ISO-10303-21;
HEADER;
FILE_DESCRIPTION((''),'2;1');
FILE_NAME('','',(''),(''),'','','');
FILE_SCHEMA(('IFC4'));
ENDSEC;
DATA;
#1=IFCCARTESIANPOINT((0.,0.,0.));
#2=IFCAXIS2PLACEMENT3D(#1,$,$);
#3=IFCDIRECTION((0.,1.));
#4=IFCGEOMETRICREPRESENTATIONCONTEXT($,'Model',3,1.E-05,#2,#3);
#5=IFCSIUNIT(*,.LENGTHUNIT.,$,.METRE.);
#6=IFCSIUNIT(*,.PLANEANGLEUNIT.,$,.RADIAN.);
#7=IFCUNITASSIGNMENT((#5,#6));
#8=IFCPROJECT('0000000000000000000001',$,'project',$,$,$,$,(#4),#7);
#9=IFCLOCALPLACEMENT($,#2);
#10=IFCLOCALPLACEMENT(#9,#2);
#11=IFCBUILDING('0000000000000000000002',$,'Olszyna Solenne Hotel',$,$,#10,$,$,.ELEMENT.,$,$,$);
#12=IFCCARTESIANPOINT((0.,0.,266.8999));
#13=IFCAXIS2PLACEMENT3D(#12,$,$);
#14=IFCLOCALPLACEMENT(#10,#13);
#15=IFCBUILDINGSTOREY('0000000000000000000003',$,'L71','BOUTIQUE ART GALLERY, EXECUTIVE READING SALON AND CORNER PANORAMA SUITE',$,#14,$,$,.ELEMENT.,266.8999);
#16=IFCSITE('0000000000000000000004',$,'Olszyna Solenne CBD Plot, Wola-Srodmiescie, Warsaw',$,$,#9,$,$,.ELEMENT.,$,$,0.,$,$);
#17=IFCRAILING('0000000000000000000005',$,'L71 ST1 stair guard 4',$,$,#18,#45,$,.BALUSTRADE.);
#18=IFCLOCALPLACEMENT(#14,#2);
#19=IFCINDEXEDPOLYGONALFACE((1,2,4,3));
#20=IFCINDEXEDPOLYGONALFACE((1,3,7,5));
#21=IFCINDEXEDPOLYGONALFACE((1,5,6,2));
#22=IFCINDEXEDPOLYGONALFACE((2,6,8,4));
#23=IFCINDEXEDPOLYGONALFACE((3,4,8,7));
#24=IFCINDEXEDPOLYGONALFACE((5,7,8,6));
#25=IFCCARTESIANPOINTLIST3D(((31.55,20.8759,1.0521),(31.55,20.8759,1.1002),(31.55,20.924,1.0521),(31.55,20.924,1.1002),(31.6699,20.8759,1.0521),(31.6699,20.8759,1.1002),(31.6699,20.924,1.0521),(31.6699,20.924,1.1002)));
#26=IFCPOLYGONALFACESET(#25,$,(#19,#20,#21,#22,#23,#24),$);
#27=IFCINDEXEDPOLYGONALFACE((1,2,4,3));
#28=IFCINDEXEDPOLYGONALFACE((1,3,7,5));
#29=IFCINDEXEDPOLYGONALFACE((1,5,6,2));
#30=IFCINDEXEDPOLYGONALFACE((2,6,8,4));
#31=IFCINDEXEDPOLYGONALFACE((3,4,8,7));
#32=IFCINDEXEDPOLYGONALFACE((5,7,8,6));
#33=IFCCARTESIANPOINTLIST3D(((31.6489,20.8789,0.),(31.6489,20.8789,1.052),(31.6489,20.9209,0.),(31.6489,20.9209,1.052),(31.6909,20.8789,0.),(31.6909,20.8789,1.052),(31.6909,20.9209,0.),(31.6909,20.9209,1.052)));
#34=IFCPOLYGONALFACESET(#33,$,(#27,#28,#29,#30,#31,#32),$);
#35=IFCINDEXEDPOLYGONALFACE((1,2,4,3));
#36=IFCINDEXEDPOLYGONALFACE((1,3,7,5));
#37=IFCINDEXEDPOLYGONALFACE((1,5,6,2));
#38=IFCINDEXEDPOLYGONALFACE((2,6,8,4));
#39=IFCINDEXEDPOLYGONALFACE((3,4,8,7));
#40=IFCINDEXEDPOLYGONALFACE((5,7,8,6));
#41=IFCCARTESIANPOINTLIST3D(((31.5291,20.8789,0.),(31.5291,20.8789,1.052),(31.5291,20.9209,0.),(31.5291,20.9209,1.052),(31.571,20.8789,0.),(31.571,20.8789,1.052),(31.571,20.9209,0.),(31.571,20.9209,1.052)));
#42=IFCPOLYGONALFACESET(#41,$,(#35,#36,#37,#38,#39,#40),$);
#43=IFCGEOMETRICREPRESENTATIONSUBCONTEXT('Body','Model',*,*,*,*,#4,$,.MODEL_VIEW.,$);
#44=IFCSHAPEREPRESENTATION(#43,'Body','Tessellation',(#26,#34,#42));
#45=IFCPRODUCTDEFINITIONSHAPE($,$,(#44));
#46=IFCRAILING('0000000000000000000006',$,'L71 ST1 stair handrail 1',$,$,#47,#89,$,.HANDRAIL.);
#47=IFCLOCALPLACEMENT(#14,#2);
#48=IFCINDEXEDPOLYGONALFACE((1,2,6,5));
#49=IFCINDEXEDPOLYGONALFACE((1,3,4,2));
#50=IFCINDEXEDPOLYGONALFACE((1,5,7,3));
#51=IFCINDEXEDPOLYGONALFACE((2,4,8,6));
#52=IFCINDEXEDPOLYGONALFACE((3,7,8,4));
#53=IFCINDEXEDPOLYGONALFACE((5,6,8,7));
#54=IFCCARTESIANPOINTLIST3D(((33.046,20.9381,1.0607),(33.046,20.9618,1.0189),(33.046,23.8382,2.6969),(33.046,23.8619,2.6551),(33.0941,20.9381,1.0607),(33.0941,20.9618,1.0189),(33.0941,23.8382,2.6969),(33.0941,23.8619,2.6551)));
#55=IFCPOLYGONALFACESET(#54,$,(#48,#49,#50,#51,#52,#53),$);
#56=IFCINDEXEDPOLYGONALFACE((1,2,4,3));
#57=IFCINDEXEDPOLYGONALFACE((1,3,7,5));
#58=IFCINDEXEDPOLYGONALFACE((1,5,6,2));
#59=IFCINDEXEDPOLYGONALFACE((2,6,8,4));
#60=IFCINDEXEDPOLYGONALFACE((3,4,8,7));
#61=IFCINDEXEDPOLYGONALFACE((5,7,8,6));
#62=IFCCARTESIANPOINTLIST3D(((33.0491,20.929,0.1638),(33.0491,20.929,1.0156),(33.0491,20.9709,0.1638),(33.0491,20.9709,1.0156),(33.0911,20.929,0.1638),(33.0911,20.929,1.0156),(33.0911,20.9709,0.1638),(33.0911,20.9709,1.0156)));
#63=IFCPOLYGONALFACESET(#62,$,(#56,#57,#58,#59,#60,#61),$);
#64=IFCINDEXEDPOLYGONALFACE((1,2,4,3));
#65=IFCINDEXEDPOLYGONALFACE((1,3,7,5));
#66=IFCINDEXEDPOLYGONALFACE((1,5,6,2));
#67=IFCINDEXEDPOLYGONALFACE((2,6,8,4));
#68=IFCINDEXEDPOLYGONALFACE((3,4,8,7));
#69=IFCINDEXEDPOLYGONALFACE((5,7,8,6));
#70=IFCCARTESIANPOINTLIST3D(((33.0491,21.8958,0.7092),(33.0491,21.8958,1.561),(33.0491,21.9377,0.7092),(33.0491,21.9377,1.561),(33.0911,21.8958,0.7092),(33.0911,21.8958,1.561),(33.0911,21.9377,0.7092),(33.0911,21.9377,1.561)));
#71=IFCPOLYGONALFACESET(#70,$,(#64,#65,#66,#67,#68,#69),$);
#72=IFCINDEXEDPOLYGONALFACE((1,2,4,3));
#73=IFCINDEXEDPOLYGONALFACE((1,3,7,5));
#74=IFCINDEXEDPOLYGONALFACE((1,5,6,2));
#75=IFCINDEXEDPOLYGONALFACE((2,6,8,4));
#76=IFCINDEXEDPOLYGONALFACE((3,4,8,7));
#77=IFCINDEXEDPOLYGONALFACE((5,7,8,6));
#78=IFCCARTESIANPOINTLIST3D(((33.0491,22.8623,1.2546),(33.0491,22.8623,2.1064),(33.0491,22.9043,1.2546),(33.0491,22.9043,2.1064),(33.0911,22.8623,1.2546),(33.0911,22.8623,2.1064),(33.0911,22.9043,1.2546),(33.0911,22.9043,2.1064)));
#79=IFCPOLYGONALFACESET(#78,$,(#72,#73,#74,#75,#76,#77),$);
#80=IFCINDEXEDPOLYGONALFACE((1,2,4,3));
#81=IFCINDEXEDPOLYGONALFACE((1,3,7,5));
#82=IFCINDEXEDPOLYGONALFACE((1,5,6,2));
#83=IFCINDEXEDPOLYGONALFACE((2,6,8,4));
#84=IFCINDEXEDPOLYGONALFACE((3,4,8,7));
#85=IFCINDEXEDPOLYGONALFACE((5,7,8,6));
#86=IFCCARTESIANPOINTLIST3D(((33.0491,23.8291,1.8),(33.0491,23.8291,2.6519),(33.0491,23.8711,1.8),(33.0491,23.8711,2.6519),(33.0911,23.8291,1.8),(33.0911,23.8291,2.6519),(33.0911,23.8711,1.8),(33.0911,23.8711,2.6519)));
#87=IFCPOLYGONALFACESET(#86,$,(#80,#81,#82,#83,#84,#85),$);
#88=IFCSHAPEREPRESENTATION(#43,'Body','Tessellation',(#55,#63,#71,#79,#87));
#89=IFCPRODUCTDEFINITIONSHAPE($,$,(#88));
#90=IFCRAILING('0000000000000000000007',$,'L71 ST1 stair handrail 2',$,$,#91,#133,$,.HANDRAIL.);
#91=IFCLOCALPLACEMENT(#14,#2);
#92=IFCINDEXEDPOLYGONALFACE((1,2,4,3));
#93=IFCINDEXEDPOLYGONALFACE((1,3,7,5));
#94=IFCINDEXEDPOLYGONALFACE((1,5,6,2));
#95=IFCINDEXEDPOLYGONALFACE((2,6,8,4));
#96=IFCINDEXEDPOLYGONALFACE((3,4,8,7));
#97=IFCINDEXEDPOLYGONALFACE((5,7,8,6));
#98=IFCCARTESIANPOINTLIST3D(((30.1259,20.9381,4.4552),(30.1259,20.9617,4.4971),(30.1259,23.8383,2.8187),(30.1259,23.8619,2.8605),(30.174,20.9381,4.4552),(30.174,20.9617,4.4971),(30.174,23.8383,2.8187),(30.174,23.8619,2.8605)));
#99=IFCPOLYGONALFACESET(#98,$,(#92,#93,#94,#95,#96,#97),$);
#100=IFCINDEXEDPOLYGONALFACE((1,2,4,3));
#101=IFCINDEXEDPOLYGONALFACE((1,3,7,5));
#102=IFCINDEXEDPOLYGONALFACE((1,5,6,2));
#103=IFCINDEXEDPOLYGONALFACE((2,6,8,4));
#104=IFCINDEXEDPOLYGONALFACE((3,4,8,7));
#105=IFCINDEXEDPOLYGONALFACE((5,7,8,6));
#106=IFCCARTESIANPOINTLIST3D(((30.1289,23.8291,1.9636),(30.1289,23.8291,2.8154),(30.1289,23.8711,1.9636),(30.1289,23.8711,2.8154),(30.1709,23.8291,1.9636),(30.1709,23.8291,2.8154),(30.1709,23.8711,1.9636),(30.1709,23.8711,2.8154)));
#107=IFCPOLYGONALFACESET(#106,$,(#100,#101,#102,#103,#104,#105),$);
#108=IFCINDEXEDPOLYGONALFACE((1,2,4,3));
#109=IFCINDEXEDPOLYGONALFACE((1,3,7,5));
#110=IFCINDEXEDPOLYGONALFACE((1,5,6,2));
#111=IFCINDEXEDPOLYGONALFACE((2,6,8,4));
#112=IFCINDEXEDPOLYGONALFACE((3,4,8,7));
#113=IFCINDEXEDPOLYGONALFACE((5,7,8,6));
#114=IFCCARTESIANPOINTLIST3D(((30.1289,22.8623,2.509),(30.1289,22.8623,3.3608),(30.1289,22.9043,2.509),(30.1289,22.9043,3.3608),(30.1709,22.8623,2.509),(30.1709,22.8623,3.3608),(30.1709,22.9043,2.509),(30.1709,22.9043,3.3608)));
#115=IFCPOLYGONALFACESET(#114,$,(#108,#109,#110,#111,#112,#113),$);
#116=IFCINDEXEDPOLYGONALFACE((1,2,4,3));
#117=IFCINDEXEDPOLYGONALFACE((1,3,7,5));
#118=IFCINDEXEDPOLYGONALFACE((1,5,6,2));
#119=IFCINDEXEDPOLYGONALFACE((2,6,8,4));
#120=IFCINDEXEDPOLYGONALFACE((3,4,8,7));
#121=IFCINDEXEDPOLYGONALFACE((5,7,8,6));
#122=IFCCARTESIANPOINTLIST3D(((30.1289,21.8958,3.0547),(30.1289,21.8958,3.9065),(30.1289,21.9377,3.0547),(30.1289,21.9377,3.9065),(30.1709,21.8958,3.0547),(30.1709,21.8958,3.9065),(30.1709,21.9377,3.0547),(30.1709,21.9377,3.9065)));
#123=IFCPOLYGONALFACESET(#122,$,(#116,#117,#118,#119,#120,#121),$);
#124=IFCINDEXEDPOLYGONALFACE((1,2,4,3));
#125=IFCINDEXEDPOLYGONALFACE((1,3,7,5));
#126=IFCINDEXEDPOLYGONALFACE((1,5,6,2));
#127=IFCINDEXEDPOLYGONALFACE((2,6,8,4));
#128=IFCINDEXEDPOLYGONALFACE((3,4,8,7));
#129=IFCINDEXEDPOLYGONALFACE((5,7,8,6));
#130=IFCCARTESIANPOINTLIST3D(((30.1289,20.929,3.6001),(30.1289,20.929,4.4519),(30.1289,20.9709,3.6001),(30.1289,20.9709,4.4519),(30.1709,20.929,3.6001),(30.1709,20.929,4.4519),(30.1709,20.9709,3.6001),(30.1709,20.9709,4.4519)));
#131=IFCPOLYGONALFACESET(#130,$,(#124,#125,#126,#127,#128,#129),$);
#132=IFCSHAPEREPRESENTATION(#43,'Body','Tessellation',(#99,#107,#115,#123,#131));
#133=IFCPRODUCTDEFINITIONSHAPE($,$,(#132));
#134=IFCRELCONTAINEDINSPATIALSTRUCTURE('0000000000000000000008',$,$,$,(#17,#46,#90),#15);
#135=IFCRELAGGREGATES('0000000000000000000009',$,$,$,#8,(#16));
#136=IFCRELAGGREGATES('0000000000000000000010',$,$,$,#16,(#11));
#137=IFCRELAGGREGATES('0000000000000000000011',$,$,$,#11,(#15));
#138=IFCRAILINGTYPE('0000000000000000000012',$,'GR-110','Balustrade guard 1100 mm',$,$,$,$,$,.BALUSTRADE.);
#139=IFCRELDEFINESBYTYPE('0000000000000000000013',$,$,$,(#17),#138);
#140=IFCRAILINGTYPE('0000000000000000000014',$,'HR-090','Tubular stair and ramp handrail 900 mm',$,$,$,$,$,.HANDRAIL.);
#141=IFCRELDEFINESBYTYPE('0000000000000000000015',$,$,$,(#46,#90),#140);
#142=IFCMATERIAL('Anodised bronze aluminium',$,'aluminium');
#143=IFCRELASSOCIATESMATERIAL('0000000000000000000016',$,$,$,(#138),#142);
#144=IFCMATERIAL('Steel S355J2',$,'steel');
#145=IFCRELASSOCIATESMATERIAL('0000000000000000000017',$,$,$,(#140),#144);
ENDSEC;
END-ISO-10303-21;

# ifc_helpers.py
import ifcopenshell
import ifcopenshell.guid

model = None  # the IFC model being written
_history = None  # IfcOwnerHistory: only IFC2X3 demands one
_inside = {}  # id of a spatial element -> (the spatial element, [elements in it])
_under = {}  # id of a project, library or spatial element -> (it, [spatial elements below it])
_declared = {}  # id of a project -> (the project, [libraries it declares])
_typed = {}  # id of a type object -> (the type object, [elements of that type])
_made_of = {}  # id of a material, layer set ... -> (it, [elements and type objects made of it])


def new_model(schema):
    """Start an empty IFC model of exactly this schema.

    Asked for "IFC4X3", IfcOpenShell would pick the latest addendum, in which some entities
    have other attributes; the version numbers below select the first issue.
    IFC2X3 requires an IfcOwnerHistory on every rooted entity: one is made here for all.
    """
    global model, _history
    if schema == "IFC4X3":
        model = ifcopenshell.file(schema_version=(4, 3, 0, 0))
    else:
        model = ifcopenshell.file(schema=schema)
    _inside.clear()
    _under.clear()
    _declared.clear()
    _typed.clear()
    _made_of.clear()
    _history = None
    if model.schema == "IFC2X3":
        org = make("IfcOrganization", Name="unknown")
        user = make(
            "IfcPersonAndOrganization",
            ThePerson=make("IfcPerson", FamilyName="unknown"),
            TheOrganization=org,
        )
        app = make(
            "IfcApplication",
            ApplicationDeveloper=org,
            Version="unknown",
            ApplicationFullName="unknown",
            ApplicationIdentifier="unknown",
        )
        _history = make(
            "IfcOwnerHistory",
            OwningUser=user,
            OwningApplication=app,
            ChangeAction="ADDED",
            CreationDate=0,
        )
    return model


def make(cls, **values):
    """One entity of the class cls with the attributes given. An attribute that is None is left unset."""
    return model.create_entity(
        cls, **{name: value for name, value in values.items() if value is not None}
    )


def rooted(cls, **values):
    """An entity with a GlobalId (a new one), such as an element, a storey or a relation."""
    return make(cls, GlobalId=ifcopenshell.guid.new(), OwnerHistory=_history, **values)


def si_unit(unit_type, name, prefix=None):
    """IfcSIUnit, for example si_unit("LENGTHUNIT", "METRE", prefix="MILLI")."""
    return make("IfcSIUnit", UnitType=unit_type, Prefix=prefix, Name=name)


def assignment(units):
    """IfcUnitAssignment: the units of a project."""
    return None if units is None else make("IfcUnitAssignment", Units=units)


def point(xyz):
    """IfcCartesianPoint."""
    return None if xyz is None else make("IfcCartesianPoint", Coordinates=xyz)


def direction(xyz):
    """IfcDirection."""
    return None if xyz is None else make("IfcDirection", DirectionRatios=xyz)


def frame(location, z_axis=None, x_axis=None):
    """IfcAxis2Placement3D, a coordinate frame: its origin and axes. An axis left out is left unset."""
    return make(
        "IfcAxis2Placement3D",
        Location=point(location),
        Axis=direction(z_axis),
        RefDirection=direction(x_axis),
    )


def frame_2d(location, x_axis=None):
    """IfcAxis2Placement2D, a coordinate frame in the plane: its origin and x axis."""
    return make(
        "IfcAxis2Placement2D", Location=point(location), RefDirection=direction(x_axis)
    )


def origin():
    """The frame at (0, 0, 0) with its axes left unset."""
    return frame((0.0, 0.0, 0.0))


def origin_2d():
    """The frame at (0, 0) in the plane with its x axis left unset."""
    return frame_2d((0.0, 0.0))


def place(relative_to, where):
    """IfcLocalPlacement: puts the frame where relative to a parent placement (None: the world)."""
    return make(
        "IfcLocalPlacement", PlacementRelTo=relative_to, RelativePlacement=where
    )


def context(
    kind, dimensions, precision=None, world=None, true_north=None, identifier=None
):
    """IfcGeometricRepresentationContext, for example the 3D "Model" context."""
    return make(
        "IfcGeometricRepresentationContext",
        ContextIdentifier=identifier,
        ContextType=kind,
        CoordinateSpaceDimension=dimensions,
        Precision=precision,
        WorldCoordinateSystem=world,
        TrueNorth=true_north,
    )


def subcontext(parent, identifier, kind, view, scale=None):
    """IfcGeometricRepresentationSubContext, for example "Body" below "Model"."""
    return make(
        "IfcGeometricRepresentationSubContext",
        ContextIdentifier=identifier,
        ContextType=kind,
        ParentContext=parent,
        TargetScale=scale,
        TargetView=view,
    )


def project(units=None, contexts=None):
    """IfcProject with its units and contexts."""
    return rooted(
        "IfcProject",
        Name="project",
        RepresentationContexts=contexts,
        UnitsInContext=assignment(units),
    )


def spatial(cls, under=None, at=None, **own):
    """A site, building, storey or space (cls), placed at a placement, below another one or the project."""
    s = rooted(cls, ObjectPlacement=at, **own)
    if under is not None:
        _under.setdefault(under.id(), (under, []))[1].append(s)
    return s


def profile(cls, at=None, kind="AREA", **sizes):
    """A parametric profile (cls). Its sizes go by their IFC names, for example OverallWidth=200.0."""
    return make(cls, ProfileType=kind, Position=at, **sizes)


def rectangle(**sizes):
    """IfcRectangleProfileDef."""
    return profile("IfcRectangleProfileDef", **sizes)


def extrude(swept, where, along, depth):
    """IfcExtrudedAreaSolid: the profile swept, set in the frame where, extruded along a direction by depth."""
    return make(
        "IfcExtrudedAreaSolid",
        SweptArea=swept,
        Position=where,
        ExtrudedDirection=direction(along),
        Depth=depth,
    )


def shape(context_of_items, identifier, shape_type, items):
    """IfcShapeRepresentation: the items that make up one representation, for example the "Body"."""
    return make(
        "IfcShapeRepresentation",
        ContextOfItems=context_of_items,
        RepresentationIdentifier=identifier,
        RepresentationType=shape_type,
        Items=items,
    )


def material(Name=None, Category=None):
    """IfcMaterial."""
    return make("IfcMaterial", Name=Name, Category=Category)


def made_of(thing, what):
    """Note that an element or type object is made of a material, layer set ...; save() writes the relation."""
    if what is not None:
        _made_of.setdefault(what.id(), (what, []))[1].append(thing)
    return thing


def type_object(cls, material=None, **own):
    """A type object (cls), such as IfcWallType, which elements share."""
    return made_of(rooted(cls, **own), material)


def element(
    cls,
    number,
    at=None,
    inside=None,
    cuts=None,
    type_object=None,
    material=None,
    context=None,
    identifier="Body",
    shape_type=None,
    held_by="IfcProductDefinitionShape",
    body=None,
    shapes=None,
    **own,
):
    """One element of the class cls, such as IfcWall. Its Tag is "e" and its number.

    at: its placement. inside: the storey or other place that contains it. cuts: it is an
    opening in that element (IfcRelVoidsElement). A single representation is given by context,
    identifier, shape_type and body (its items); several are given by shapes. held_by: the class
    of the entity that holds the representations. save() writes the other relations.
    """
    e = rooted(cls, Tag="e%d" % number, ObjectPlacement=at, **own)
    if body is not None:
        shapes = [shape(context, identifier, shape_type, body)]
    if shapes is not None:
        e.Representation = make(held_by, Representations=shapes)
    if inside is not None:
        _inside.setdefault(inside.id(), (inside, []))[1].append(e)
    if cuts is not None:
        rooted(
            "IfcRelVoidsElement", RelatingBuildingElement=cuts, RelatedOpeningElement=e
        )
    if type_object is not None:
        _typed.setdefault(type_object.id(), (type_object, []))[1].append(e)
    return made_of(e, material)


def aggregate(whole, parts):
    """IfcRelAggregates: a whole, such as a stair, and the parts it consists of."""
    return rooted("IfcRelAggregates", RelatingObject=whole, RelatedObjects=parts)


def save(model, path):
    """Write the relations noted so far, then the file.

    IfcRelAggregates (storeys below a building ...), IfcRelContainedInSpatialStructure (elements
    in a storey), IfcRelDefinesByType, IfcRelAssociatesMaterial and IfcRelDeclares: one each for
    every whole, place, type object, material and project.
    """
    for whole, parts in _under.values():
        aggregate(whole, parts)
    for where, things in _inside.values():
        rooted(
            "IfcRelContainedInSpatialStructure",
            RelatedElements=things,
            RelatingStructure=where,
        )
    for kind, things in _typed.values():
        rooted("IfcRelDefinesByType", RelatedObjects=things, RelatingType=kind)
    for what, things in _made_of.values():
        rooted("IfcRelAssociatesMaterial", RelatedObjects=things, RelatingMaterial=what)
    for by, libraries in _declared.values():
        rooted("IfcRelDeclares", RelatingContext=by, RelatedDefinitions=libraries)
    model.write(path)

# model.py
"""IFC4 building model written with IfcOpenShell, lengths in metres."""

from ifc_helpers import new_model, si_unit, direction, frame, origin, origin_2d, place, context, subcontext, project, spatial, rectangle, extrude, material, type_object, element, save


model = new_model("IFC4")

# Units and contexts
model_context = context("Model", 3, precision=1e-05, world=origin(), true_north=direction((0.0, 1.0)))
body_context = subcontext(model_context, "Body", "Model", "MODEL_VIEW")
ifc_project = project(units=[si_unit("LENGTHUNIT", "METRE"), si_unit("PLANEANGLEUNIT", "RADIAN")], contexts=[model_context])

# Site, building, storey
site_placement = place(None, origin())
site = spatial("IfcSite", under=ifc_project, at=site_placement, Name="Olszyna Solenne CBD Plot, Wola-Srodmiescie, Warsaw", CompositionType="ELEMENT", RefElevation=0.0)
building_placement = place(site_placement, origin())
building = spatial("IfcBuilding", under=site, at=building_placement, Name="Olszyna Solenne Hotel", CompositionType="ELEMENT")
storey_placement = place(building_placement, frame((0.0, 0.0, 266.8999)))
storey = spatial("IfcBuildingStorey", under=building, at=storey_placement, Name="L71", Description="BOUTIQUE ART GALLERY, EXECUTIVE READING SALON AND CORNER PANORAMA SUITE", CompositionType="ELEMENT", Elevation=266.8999)

# Shared definitions
ifc_material_1 = material(Name="Steel S355J2", Category="steel")

# Shared definitions
ifc_material_2 = material(Name="Anodised bronze aluminium", Category="aluminium")

# Railings
railing_type_1 = type_object("IfcRailingType", Name="GR-110", Description="Balustrade guard 1100 mm", PredefinedType="BALUSTRADE", material=ifc_material_2)
railing_1_placement = place(storey_placement, frame((31.6699, 20.8999, 0.0)))
element("IfcRailing", 1, at=railing_1_placement, inside=storey, type_object=railing_type_1, Name="L71 ST1 stair guard 4", PredefinedType="BALUSTRADE", context=body_context, shape_type="SweptSolid", body=[
    extrude(rectangle(XDim=0.0481, YDim=0.0481, at=origin_2d()), frame((0.0, 0.0, 1.0762), z_axis=(-1.0, 0.0, 0.0), x_axis=(0.0, -1.0, 0.0)), (0.0, 0.0, 1.0), 0.1199),
    extrude(rectangle(XDim=0.042, YDim=0.042, at=origin_2d()), origin(), (0.0, 0.0, 1.0), 1.052),
    extrude(rectangle(XDim=0.042, YDim=0.042, at=origin_2d()), frame((-0.1199, 0.0, 0.0)), (0.0, 0.0, 1.0), 1.052),
])
railing_type_2 = type_object("IfcRailingType", Name="HR-090", Description="Tubular stair and ramp handrail 900 mm", PredefinedType="HANDRAIL", material=ifc_material_1)
railing_2_placement = place(storey_placement, frame((33.0701, 20.95, 0.1638)))
element("IfcRailing", 2, at=railing_2_placement, inside=storey, type_object=railing_type_2, Name="L71 ST1 stair handrail 1", PredefinedType="HANDRAIL", context=body_context, shape_type="SweptSolid", body=[
    extrude(rectangle(XDim=0.0481, YDim=0.0481, at=origin_2d()), frame((0.0, 0.0, 0.876), z_axis=(0.0, 0.870946, 0.491378), x_axis=(-1.0, 0.0, 0.0)), (0.0, 0.0, 1.0), 3.3298),
    extrude(rectangle(XDim=0.042, YDim=0.042, at=origin_2d()), origin(), (0.0, 0.0, 1.0), 0.8518),
    extrude(rectangle(XDim=0.042, YDim=0.042, at=origin_2d()), frame((0.0, 0.9668, 0.5454)), (0.0, 0.0, 1.0), 0.8518),
    extrude(rectangle(XDim=0.042, YDim=0.042, at=origin_2d()), frame((0.0, 1.9333, 1.0908)), (0.0, 0.0, 1.0), 0.8518),
    extrude(rectangle(XDim=0.042, YDim=0.042, at=origin_2d()), frame((0.0, 2.9001, 1.6362)), (0.0, 0.0, 1.0), 0.8518),
])
railing_3_placement = place(storey_placement, frame((30.1499, 23.8501, 1.9636)))
element("IfcRailing", 3, at=railing_3_placement, inside=storey, type_object=railing_type_2, Name="L71 ST1 stair handrail 2", PredefinedType="HANDRAIL", context=body_context, shape_type="SweptSolid", body=[
    extrude(rectangle(XDim=0.0481, YDim=0.0481, at=origin_2d()), frame((0.0, 0.0, 0.876), z_axis=(0.0, -0.870915, 0.491434), x_axis=(1.0, 0.0, 0.0)), (0.0, 0.0, 1.0), 3.3301),
    extrude(rectangle(XDim=0.042, YDim=0.042, at=origin_2d()), origin(), (0.0, 0.0, 1.0), 0.8518),
    extrude(rectangle(XDim=0.042, YDim=0.042, at=origin_2d()), frame((0.0, -0.9668, 0.5454)), (0.0, 0.0, 1.0), 0.8518),
    extrude(rectangle(XDim=0.042, YDim=0.042, at=origin_2d()), frame((0.0, -1.9333, 1.0911)), (0.0, 0.0, 1.0), 0.8518),
    extrude(rectangle(XDim=0.042, YDim=0.042, at=origin_2d()), frame((0.0, -2.9001, 1.6365)), (0.0, 0.0, 1.0), 0.8518),
])

save(model, "model.ifc")
